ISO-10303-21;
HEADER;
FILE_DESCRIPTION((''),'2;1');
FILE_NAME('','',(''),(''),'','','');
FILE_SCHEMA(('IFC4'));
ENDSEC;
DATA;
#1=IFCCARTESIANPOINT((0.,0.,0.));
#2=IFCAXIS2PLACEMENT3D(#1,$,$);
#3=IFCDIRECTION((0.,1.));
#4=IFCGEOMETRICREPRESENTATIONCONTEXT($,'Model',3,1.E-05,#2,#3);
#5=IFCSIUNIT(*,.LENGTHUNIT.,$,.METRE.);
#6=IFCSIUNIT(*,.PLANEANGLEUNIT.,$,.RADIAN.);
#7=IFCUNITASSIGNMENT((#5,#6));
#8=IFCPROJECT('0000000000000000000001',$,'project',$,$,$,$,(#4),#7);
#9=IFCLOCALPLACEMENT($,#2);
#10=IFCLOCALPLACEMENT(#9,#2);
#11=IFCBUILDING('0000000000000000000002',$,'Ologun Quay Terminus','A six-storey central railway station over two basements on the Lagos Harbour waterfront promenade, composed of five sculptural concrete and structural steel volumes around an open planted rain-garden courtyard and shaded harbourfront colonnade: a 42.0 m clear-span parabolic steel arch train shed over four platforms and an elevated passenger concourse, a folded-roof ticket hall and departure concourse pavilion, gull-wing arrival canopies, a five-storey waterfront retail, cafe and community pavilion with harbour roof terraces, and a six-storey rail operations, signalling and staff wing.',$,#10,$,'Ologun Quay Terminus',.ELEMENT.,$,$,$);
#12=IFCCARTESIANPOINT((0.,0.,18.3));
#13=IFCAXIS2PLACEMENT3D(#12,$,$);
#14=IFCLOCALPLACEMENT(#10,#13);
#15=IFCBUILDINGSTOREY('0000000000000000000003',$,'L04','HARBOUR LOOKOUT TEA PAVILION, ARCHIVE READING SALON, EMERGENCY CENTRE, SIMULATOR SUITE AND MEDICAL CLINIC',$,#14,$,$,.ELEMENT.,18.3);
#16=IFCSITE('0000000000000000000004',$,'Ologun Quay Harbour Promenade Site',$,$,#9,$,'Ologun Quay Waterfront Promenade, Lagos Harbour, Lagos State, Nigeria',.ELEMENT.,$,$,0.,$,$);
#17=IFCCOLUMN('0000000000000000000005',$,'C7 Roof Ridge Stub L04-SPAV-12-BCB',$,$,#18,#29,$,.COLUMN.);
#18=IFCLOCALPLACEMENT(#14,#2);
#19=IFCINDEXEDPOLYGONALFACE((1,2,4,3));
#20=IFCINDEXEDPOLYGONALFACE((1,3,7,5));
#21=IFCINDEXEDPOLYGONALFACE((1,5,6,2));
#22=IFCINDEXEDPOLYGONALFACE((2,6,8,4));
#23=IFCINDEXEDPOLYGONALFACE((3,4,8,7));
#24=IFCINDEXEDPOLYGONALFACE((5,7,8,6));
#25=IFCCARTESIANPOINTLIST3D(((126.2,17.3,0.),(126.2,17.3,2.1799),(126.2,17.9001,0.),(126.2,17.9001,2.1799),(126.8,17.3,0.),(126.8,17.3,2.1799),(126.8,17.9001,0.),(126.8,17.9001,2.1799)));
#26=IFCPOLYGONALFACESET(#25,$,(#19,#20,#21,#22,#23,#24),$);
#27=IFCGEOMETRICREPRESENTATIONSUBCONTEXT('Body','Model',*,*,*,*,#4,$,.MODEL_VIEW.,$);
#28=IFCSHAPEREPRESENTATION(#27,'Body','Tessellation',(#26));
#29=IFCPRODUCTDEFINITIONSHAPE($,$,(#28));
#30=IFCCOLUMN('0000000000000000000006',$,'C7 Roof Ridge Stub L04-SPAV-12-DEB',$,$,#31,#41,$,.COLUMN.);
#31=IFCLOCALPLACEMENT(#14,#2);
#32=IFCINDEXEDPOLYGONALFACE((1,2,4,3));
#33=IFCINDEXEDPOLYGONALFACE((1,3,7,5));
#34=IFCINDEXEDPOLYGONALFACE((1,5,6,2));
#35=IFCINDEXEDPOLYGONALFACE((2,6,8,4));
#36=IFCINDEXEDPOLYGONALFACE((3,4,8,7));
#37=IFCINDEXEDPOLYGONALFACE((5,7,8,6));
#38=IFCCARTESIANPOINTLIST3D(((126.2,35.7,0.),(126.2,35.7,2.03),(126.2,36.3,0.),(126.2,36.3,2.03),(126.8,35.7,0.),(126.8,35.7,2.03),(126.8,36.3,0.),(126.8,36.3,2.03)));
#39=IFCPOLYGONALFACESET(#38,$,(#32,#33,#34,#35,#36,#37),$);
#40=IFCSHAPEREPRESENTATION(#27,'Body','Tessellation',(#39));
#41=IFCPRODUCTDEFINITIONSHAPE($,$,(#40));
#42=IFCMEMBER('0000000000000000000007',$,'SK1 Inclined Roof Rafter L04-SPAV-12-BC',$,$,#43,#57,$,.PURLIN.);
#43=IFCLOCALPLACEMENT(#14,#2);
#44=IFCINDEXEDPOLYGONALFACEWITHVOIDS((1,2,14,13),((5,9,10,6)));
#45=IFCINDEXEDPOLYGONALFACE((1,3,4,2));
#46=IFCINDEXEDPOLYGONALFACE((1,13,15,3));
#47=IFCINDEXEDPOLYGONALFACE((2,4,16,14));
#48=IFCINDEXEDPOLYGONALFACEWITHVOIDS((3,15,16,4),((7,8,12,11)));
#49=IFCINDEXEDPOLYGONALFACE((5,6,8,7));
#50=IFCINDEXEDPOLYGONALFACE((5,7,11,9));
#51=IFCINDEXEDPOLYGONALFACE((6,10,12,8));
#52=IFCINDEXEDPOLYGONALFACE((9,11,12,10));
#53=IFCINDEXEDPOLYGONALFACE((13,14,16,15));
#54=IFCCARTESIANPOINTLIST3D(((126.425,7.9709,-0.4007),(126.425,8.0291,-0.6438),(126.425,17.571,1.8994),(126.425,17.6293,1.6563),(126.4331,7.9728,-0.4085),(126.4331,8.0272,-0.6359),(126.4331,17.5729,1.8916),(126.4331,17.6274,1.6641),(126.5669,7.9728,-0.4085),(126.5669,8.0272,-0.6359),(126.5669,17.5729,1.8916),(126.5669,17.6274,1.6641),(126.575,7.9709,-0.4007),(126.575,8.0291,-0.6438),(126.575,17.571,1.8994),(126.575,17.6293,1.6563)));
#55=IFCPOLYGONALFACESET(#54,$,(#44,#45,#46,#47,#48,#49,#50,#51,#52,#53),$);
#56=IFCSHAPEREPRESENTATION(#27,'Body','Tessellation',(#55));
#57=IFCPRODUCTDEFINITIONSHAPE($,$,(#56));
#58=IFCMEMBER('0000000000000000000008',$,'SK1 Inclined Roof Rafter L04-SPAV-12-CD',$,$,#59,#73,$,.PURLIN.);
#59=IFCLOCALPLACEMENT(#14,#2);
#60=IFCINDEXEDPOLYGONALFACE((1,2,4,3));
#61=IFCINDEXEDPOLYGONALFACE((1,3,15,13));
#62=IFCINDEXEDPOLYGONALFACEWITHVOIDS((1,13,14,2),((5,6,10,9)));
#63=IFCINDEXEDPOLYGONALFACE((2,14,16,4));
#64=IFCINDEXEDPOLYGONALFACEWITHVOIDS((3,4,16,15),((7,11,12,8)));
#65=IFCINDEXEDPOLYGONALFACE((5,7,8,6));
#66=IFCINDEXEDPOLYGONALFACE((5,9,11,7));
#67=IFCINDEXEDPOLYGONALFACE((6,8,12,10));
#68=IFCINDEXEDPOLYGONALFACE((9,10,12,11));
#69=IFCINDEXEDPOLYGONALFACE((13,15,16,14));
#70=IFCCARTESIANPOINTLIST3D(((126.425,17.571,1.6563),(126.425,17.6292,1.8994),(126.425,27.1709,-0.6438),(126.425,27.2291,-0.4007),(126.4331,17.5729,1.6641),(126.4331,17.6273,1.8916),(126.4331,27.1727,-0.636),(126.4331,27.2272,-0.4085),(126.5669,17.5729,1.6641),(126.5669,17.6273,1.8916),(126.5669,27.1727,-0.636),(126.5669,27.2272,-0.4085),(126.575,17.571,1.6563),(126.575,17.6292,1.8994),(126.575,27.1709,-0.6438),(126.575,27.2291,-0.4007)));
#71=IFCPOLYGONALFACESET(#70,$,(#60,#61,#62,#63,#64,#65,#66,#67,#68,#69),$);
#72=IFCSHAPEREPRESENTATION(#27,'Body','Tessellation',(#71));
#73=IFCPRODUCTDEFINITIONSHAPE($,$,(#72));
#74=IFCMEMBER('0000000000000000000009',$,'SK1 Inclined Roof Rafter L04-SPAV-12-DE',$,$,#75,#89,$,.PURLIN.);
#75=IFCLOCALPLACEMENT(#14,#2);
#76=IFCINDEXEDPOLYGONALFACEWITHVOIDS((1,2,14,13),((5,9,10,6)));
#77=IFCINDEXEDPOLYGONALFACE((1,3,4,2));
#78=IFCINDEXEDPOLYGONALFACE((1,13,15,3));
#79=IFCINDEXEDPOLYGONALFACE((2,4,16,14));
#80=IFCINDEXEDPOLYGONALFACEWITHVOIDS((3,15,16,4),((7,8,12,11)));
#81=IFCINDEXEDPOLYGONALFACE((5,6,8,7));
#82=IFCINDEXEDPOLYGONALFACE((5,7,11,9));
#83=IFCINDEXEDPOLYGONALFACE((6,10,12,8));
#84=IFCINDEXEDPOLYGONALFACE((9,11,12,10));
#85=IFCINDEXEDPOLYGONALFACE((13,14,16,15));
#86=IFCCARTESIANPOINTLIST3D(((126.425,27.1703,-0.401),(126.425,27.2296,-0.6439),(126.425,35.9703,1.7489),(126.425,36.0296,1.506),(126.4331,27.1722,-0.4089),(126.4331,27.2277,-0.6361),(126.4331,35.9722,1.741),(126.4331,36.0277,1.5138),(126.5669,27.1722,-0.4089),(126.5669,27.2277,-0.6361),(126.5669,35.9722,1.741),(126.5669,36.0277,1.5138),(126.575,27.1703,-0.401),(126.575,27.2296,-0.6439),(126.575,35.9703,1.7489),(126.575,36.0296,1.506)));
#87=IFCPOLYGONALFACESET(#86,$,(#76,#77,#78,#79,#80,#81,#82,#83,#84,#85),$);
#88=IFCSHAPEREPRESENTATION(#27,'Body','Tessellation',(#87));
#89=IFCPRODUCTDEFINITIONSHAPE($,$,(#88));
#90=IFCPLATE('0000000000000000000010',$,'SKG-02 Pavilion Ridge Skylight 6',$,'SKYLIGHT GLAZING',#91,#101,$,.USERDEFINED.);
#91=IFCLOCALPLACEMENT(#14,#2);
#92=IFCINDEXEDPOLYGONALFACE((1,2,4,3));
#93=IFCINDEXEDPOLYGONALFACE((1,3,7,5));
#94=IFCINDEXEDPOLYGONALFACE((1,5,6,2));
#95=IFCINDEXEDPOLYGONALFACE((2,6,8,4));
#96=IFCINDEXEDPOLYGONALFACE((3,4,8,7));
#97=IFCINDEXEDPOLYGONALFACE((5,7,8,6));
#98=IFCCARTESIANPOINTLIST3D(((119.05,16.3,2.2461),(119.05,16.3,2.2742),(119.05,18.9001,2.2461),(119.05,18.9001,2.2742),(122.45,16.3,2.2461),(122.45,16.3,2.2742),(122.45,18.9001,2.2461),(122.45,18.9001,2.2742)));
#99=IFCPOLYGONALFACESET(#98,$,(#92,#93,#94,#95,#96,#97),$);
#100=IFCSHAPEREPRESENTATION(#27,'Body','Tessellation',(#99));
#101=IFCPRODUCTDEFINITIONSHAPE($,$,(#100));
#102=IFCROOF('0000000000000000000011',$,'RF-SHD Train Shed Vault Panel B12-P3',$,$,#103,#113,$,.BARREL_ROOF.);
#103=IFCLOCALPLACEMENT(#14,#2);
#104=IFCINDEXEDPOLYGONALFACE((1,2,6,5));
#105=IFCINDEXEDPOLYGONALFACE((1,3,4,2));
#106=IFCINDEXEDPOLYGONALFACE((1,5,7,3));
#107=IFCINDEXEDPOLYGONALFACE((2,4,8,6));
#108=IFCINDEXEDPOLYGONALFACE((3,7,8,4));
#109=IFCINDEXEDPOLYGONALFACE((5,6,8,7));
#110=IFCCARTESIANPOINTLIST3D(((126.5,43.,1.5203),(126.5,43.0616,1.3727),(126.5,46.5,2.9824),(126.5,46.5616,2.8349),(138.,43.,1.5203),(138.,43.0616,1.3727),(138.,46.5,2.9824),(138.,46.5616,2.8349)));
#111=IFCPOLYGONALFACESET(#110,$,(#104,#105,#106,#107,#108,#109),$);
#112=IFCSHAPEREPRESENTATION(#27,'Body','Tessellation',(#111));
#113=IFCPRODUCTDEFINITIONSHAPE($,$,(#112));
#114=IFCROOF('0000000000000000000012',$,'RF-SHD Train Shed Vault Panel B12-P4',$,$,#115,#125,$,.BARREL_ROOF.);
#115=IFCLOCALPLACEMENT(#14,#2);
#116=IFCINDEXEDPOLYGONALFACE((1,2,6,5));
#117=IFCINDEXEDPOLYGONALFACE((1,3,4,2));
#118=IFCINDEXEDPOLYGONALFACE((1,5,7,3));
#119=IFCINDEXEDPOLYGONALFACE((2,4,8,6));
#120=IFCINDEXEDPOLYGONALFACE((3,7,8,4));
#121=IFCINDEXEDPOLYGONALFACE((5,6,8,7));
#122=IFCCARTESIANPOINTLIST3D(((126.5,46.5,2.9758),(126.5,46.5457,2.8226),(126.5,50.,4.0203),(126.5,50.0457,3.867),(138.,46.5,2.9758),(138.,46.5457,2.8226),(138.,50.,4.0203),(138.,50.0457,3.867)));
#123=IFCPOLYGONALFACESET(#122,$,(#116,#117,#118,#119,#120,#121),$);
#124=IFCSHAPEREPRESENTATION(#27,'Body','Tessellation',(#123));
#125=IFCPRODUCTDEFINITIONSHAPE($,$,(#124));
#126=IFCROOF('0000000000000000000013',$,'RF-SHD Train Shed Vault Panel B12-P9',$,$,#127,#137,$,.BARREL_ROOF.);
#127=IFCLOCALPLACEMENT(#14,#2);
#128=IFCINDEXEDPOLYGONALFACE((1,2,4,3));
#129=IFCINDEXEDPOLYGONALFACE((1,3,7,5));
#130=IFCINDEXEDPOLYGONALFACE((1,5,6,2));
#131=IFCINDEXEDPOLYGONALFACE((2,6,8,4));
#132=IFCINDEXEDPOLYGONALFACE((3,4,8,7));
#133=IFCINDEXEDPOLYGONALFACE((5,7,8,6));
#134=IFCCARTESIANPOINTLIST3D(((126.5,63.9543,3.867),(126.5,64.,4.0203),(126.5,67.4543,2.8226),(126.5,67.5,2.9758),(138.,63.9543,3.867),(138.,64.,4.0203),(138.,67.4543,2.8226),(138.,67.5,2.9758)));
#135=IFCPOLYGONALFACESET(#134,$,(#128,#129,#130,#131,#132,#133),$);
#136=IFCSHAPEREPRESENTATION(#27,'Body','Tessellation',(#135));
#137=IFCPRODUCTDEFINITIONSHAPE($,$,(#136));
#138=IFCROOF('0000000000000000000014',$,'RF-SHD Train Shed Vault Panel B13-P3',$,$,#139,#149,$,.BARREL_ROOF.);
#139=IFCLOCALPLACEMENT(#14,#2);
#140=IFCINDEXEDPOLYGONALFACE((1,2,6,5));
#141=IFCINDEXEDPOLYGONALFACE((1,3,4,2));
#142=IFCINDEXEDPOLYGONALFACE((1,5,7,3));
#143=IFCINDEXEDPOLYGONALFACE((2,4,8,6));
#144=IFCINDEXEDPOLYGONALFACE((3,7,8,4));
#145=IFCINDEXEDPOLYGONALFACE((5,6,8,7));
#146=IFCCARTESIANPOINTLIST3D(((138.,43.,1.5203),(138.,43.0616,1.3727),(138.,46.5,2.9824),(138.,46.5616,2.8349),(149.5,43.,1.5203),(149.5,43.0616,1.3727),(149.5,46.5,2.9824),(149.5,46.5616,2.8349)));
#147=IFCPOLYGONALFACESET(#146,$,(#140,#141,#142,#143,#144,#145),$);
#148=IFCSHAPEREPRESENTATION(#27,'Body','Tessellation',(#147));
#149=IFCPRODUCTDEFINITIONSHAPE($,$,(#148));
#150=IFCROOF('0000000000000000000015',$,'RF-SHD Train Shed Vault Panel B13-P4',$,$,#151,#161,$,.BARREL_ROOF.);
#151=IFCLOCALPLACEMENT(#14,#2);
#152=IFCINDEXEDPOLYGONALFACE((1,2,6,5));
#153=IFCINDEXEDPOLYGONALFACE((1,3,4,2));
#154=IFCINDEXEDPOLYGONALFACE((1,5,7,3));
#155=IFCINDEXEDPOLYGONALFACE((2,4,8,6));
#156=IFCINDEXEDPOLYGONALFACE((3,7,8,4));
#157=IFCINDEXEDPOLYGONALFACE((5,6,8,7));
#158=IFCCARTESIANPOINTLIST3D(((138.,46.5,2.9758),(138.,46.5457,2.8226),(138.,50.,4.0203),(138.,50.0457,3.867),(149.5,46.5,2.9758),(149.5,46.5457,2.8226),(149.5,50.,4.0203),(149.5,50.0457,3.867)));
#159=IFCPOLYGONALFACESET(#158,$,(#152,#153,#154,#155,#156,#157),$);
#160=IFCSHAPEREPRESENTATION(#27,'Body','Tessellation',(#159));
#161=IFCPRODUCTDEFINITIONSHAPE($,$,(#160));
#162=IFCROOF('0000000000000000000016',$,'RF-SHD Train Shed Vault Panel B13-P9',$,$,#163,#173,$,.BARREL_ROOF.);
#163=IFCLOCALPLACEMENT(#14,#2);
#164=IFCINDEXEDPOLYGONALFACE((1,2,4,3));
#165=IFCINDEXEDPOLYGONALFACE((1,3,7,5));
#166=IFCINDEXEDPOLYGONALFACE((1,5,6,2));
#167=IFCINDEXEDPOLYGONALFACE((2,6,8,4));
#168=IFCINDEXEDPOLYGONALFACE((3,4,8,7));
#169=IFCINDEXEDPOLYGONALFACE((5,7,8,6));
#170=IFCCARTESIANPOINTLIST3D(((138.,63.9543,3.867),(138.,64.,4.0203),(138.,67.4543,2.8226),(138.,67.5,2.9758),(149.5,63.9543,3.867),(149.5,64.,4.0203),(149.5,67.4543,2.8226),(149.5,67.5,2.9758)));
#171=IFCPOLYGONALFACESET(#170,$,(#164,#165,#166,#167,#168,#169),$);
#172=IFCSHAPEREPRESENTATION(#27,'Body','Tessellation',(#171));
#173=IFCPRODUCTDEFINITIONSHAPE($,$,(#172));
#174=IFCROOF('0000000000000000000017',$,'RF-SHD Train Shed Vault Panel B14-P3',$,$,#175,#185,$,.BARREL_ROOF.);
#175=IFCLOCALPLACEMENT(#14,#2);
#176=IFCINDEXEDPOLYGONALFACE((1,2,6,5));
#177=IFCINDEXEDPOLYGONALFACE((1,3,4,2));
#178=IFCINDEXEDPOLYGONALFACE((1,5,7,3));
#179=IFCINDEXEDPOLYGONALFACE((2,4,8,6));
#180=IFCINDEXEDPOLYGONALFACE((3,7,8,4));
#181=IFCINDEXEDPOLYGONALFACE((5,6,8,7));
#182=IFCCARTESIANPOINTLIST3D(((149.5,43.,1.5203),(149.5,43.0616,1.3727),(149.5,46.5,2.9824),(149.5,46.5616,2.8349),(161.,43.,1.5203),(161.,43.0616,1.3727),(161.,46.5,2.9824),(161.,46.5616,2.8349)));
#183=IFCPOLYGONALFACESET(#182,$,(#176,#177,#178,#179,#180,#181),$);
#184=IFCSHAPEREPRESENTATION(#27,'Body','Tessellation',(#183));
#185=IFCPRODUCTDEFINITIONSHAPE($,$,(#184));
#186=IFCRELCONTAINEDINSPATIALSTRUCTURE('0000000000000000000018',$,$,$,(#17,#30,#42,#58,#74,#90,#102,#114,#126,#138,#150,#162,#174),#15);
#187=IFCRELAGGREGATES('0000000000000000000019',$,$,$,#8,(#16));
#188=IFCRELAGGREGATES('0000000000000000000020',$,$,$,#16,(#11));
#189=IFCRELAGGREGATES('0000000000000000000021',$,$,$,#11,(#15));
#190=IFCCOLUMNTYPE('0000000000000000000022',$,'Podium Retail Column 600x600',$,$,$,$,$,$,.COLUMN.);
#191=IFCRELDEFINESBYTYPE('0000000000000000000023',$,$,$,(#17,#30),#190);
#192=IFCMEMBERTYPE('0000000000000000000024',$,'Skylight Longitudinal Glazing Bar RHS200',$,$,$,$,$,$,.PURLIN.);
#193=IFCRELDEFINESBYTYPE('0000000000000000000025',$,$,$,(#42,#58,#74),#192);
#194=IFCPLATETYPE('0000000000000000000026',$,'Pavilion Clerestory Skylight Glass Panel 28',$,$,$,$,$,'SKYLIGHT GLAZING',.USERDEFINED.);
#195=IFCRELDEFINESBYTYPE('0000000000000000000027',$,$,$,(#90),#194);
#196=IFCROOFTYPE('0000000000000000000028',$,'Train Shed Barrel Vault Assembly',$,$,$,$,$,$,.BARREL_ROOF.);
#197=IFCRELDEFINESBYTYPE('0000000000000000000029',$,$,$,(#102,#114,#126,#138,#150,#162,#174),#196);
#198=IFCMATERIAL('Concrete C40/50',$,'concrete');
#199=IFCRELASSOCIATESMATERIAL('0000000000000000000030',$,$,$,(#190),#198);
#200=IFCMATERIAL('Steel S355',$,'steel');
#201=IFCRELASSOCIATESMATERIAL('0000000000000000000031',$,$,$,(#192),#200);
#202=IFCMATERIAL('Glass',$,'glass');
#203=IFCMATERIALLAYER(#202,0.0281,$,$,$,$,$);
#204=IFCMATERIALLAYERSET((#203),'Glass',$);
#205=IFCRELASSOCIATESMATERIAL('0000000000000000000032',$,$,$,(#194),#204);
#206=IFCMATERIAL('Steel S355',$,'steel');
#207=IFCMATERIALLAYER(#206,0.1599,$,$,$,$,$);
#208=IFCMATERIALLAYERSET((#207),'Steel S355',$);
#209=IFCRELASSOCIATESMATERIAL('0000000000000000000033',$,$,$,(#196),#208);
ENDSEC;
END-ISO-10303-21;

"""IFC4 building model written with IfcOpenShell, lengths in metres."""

from ifc_helpers import new_model, si_unit, direction, frame, origin, origin_2d, place, context, subcontext, project, spatial, polyline, rectangle, hollow_rectangle, outline, extrude, material, layer, layer_set, material_profile, profile_set, type_object, element, save


model = new_model("IFC4")

# Units and contexts
model_context = context("Model", 3, precision=1e-05, world=origin(), true_north=direction((0.0, 1.0)))
body_context = subcontext(model_context, "Body", "Model", "MODEL_VIEW")
ifc_project = project(units=[si_unit("LENGTHUNIT", "METRE"), si_unit("PLANEANGLEUNIT", "RADIAN")], contexts=[model_context])

# Site, building, storey
site_placement = place(None, origin())
site = spatial("IfcSite", under=ifc_project, at=site_placement, Name="Ologun Quay Harbour Promenade Site", LongName="Ologun Quay Waterfront Promenade, Lagos Harbour, Lagos State, Nigeria", CompositionType="ELEMENT", RefElevation=0.0)
building_placement = place(site_placement, origin())
building = spatial("IfcBuilding", under=site, at=building_placement, Name="Ologun Quay Terminus", Description="A six-storey central railway station over two basements on the Lagos Harbour waterfront promenade, composed of five sculptural concrete and structural steel volumes around an open planted rain-garden courtyard and shaded harbourfront colonnade: a 42.0 m clear-span parabolic steel arch train shed over four platforms and an elevated passenger concourse, a folded-roof ticket hall and departure concourse pavilion, gull-wing arrival canopies, a five-storey waterfront retail, cafe and community pavilion with harbour roof terraces, and a six-storey rail operations, signalling and staff wing.", LongName="Ologun Quay Terminus", CompositionType="ELEMENT")
storey_placement = place(building_placement, frame((0.0, 0.0, 18.3)))
storey = spatial("IfcBuildingStorey", under=building, at=storey_placement, Name="L04", Description="HARBOUR LOOKOUT TEA PAVILION, ARCHIVE READING SALON, EMERGENCY CENTRE, SIMULATOR SUITE AND MEDICAL CLINIC", CompositionType="ELEMENT", Elevation=18.3)

# Columns
ifc_material_1 = material(Name="Concrete C40/50", Category="concrete")
ifc_material_profile_1 = material_profile(ifc_material_1, rectangle(XDim=0.6001, YDim=0.6001, at=origin_2d()), Name="RC 600x600")
ifc_profile_set_1 = profile_set([ifc_material_profile_1], Name="Concrete C40/50")
column_type = type_object("IfcColumnType", Name="Podium Retail Column 600x600", PredefinedType="COLUMN", material=ifc_profile_set_1)
column_1_placement = place(storey_placement, frame((126.5, 17.6001, 0.0), z_axis=(0.0, 0.0, 1.0), x_axis=(1.0, 0.0, 0.0)))
element("IfcColumn", 1, at=column_1_placement, inside=storey, type_object=column_type, Name="C7 Roof Ridge Stub L04-SPAV-12-BCB", PredefinedType="COLUMN", context=body_context, shape_type="SweptSolid", body=[
    extrude(rectangle(XDim=0.6001, YDim=0.6001, at=origin_2d()), origin(), (0.0, 0.0, 1.0), 2.1799),
])
column_2_placement = place(storey_placement, frame((126.5, 36.0, 0.0), z_axis=(0.0, 0.0, 1.0), x_axis=(1.0, 0.0, 0.0)))
element("IfcColumn", 2, at=column_2_placement, inside=storey, type_object=column_type, Name="C7 Roof Ridge Stub L04-SPAV-12-DEB", PredefinedType="COLUMN", context=body_context, shape_type="SweptSolid", body=[
    extrude(rectangle(XDim=0.6001, YDim=0.6001, at=origin_2d()), origin(), (0.0, 0.0, 1.0), 2.03),
])

# Members
ifc_material_2 = material(Name="Steel S355", Category="steel")
ifc_material_profile_2 = material_profile(ifc_material_2, hollow_rectangle(XDim=0.1499, YDim=0.25, WallThickness=0.0081, at=origin_2d()), Name="RHS 250x150x8")
ifc_profile_set_2 = profile_set([ifc_material_profile_2], Name="Steel S355")
member_type = type_object("IfcMemberType", Name="Skylight Longitudinal Glazing Bar RHS200", PredefinedType="PURLIN", material=ifc_profile_set_2)
member_1_placement = place(storey_placement, frame((126.5, 8.0, -0.5222), z_axis=(0.0, 0.972479, 0.232992), x_axis=(-1.0, 0.0, 0.0)))
element("IfcMember", 3, at=member_1_placement, inside=storey, type_object=member_type, Name="SK1 Inclined Roof Rafter L04-SPAV-12-BC", PredefinedType="PURLIN", context=body_context, shape_type="SweptSolid", body=[
    extrude(hollow_rectangle(XDim=0.1499, YDim=0.25, WallThickness=0.0081, at=origin_2d()), origin(), (0.0, 0.0, 1.0), 9.8718),
])
member_2_placement = place(storey_placement, frame((126.5, 17.6001, 1.7778), z_axis=(0.0, 0.972477, -0.232998), x_axis=(-1.0, 0.0, 0.0)))
element("IfcMember", 4, at=member_2_placement, inside=storey, type_object=member_type, Name="SK1 Inclined Roof Rafter L04-SPAV-12-CD", PredefinedType="PURLIN", context=body_context, shape_type="SweptSolid", body=[
    extrude(hollow_rectangle(XDim=0.1499, YDim=0.25, WallThickness=0.0081, at=origin_2d()), origin(), (0.0, 0.0, 1.0), 9.8716),
])
member_3_placement = place(storey_placement, frame((126.5, 27.2, -0.5225), z_axis=(0.0, 0.97143, 0.237326), x_axis=(-1.0, 0.0, 0.0)))
element("IfcMember", 5, at=member_3_placement, inside=storey, type_object=member_type, Name="SK1 Inclined Roof Rafter L04-SPAV-12-DE", PredefinedType="PURLIN", context=body_context, shape_type="SweptSolid", body=[
    extrude(hollow_rectangle(XDim=0.1499, YDim=0.25, WallThickness=0.0081, at=origin_2d()), origin(), (0.0, 0.0, 1.0), 9.0588),
])

# Plate
ifc_material_3 = material(Name="Glass", Category="glass")
ifc_layer_1 = layer(ifc_material_3, 0.0281)
ifc_layer_set_1 = layer_set([ifc_layer_1], Name="Glass")
plate_type = type_object("IfcPlateType", Name="Pavilion Clerestory Skylight Glass Panel 28", ElementType="SKYLIGHT GLAZING", PredefinedType="USERDEFINED", material=ifc_layer_set_1)
plate_placement = place(storey_placement, frame((120.75, 17.6001, 2.2461), z_axis=(0.0, 0.0, 1.0), x_axis=(1.0, 0.0, 0.0)))
element("IfcPlate", 6, at=plate_placement, inside=storey, type_object=plate_type, Name="SKG-02 Pavilion Ridge Skylight 6", ObjectType="SKYLIGHT GLAZING", PredefinedType="USERDEFINED", context=body_context, shape_type="SweptSolid", body=[
    extrude(rectangle(XDim=3.3999, YDim=2.6001, at=origin_2d()), origin(), (0.0, 0.0, 1.0), 0.0281),
])

# Roofs
ifc_material_4 = material(Name="Steel S355", Category="steel")
ifc_layer_2 = layer(ifc_material_4, 0.1599)
ifc_layer_set_2 = layer_set([ifc_layer_2], Name="Steel S355")
roof_type = type_object("IfcRoofType", Name="Train Shed Barrel Vault Assembly", PredefinedType="BARREL_ROOF", material=ifc_layer_set_2)
roof_1_placement = place(storey_placement, frame((126.5, 43.0, 1.5203), z_axis=(0.0, -0.385474, 0.922719), x_axis=(1.0, 0.0, 0.0)))
element("IfcRoof", 7, at=roof_1_placement, inside=storey, type_object=roof_type, Name="RF-SHD Train Shed Vault Panel B12-P3", PredefinedType="BARREL_ROOF", context=body_context, shape_type="SweptSolid", body=[
    extrude(outline(polyline([(0.0, 0.0), (11.5, 0.0), (11.5, 3.7931), (0.0, 3.7931), (0.0, 0.0)])), origin(), (0.0, 0.0, -1.0), 0.1599),
])
for number, where, z_axis, x_axis, name in (
    (8, (126.5, 46.5, 2.9758), (0.0, -0.285949, 0.958245), (1.0, 0.0, 0.0), "RF-SHD Train Shed Vault Panel B12-P4"),
    (9, (126.5, 64.0, 4.0203), (0.0, 0.285949, 0.958245), (1.0, 0.0, 0.0), "RF-SHD Train Shed Vault Panel B12-P9"),
):
    element("IfcRoof", number, at=place(storey_placement, frame(where, z_axis=z_axis, x_axis=x_axis)), inside=storey, type_object=roof_type, Name=name, PredefinedType="BARREL_ROOF", context=body_context, shape_type="SweptSolid", body=[
        extrude(outline(polyline([(0.0, 0.0), (11.5, 0.0), (11.5, 3.6525), (0.0, 3.6525), (0.0, 0.0)])), origin(), (0.0, 0.0, -1.0), 0.1599),
    ])
roof_2_placement = place(storey_placement, frame((138.0, 43.0, 1.5203), z_axis=(0.0, -0.385474, 0.922719), x_axis=(1.0, 0.0, 0.0)))
element("IfcRoof", 10, at=roof_2_placement, inside=storey, type_object=roof_type, Name="RF-SHD Train Shed Vault Panel B13-P3", PredefinedType="BARREL_ROOF", context=body_context, shape_type="SweptSolid", body=[
    extrude(outline(polyline([(0.0, 0.0), (11.5, 0.0), (11.5, 3.7931), (0.0, 3.7931), (0.0, 0.0)])), origin(), (0.0, 0.0, -1.0), 0.1599),
])
for number, where, z_axis, x_axis, name in (
    (11, (138.0, 46.5, 2.9758), (0.0, -0.285949, 0.958245), (1.0, 0.0, 0.0), "RF-SHD Train Shed Vault Panel B13-P4"),
    (12, (138.0, 64.0, 4.0203), (0.0, 0.285949, 0.958245), (1.0, 0.0, 0.0), "RF-SHD Train Shed Vault Panel B13-P9"),
):
    element("IfcRoof", number, at=place(storey_placement, frame(where, z_axis=z_axis, x_axis=x_axis)), inside=storey, type_object=roof_type, Name=name, PredefinedType="BARREL_ROOF", context=body_context, shape_type="SweptSolid", body=[
        extrude(outline(polyline([(0.0, 0.0), (11.5, 0.0), (11.5, 3.6525), (0.0, 3.6525), (0.0, 0.0)])), origin(), (0.0, 0.0, -1.0), 0.1599),
    ])
roof_3_placement = place(storey_placement, frame((149.5, 43.0, 1.5203), z_axis=(0.0, -0.385474, 0.922719), x_axis=(1.0, 0.0, 0.0)))
element("IfcRoof", 13, at=roof_3_placement, inside=storey, type_object=roof_type, Name="RF-SHD Train Shed Vault Panel B14-P3", PredefinedType="BARREL_ROOF", context=body_context, shape_type="SweptSolid", body=[
    extrude(outline(polyline([(0.0, 0.0), (11.5, 0.0), (11.5, 3.7931), (0.0, 3.7931), (0.0, 0.0)])), origin(), (0.0, 0.0, -1.0), 0.1599),
])

save(model, "model.ifc")
